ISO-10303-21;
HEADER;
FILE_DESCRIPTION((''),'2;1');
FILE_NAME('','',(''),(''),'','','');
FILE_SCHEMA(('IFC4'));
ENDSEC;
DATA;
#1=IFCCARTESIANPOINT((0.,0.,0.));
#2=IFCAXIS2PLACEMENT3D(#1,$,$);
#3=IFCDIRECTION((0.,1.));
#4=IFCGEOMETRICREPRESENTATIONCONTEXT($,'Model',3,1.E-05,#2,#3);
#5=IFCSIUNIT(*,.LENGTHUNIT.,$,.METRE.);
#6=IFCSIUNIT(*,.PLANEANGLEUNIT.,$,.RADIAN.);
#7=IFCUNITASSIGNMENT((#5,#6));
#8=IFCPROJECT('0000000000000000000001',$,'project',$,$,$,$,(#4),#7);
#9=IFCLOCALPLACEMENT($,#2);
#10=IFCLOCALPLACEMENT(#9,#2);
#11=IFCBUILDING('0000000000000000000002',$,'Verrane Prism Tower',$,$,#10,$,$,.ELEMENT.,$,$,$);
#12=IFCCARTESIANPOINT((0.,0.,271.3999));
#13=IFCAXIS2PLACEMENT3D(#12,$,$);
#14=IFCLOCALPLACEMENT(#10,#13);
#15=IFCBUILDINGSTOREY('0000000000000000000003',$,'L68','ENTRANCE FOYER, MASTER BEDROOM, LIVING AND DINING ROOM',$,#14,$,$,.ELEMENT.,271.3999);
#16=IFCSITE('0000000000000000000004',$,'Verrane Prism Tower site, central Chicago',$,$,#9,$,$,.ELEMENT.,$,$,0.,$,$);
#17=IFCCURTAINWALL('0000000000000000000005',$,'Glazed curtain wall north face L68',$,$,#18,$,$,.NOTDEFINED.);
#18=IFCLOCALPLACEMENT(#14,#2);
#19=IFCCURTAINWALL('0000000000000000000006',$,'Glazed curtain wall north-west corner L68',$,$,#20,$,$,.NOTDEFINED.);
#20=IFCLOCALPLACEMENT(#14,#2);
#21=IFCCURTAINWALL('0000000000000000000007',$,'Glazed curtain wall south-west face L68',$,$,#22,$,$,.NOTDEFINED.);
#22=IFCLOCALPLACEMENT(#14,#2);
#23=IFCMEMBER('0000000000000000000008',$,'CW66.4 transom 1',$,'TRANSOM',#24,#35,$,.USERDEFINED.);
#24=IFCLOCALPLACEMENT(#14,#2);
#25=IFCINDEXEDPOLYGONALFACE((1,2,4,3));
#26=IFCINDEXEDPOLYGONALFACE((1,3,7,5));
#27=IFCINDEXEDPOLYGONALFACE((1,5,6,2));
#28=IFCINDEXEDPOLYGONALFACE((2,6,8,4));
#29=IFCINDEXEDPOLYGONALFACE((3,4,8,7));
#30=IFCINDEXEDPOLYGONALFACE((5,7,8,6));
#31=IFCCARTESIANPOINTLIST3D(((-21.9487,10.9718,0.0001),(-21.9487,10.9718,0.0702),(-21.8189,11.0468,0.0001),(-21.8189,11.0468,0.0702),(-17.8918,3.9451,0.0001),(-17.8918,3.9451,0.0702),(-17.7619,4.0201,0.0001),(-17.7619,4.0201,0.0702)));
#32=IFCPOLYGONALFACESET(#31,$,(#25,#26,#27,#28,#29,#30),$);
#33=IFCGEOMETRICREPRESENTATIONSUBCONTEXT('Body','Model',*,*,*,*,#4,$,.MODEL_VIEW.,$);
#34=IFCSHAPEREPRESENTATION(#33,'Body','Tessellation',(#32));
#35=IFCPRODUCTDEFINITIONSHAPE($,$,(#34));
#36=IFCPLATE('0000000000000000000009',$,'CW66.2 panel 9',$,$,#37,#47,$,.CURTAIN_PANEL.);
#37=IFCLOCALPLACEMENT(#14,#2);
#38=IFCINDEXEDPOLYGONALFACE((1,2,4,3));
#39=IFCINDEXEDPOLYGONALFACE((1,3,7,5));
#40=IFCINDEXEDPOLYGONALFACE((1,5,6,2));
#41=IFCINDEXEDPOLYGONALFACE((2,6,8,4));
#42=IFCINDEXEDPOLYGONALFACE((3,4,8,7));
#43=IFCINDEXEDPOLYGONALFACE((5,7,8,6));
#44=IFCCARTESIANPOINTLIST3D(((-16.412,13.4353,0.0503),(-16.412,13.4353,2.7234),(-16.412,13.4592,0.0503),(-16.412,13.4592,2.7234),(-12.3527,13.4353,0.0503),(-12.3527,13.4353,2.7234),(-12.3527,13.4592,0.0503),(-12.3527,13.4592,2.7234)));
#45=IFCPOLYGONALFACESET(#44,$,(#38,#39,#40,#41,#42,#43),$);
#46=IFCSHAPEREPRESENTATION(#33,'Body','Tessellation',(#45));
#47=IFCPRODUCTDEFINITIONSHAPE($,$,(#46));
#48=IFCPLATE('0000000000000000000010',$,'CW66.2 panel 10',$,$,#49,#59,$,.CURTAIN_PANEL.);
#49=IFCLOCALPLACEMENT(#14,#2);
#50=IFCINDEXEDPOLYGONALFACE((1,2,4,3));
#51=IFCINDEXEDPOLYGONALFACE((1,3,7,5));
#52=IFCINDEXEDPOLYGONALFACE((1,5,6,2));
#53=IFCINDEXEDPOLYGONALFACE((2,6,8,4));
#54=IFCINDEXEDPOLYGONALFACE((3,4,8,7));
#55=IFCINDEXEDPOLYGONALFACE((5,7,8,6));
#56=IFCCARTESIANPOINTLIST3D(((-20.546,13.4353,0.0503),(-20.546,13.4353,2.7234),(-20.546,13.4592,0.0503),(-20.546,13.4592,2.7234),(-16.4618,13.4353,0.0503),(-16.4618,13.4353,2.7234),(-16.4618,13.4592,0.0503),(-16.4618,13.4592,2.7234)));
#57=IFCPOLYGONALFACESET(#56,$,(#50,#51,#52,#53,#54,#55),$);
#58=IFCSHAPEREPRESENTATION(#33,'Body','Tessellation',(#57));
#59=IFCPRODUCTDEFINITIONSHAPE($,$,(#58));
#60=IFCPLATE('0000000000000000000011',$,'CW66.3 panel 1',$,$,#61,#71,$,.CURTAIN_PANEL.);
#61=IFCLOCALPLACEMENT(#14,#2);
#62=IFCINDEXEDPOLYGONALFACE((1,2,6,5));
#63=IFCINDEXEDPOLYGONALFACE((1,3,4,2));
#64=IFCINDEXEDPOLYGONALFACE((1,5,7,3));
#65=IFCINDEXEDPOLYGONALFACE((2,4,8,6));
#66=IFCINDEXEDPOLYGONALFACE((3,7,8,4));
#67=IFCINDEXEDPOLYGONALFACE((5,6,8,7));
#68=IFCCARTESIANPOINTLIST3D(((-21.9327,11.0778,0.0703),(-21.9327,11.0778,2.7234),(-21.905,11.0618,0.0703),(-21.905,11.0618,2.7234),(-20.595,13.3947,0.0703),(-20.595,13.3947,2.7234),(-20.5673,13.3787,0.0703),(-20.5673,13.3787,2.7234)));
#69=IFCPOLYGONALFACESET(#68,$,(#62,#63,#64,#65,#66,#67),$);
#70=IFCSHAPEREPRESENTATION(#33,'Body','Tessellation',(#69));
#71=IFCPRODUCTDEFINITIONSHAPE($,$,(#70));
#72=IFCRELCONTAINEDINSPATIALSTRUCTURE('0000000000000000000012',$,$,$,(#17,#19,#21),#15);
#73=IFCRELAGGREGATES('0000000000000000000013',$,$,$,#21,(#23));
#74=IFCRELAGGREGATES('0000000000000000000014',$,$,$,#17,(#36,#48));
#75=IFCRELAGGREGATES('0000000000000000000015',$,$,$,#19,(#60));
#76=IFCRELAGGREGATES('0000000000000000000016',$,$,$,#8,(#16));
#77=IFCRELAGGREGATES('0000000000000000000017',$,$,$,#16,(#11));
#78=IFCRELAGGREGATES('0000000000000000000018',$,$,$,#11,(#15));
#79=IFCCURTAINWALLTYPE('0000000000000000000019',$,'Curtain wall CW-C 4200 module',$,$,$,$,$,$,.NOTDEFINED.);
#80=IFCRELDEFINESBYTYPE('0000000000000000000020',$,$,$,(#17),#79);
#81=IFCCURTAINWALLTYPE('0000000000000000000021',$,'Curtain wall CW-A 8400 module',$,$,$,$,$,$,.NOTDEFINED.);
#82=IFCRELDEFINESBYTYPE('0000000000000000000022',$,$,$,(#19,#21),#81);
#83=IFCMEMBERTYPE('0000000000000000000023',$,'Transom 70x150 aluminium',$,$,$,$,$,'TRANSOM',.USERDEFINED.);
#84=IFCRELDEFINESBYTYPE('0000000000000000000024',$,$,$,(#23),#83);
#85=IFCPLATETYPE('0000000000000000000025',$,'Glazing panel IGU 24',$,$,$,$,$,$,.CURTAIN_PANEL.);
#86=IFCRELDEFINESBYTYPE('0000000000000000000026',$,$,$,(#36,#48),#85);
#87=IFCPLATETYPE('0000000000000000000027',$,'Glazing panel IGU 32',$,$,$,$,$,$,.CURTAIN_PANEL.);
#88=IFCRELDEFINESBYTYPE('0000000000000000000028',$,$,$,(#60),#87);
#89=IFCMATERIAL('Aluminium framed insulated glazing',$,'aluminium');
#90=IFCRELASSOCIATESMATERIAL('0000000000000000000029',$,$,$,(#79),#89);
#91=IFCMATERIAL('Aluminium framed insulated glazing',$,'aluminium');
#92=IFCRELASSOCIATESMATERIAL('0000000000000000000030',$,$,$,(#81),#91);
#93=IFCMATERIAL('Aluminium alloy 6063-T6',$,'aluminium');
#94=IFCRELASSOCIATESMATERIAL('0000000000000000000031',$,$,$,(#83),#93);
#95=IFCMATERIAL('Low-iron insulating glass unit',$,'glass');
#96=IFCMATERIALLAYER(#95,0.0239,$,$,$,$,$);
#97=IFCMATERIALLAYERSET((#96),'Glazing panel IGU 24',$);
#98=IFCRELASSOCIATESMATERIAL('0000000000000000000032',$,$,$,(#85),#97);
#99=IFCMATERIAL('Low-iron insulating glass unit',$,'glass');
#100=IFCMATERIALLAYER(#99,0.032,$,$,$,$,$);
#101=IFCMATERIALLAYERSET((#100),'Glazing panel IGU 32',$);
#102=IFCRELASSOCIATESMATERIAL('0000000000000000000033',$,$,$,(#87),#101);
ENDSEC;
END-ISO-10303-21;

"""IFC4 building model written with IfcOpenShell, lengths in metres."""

from ifc_helpers import new_model, si_unit, direction, frame, origin, origin_2d, place, context, subcontext, project, spatial, rectangle, extrude, material, layer, layer_set, material_profile, profile_set, type_object, element, aggregate, save


model = new_model("IFC4")

# Units and contexts
model_context = context("Model", 3, precision=1e-05, world=origin(), true_north=direction((0.0, 1.0)))
body_context = subcontext(model_context, "Body", "Model", "MODEL_VIEW")
ifc_project = project(units=[si_unit("LENGTHUNIT", "METRE"), si_unit("PLANEANGLEUNIT", "RADIAN")], contexts=[model_context])

# Site, building, storey
site_placement = place(None, origin())
site = spatial("IfcSite", under=ifc_project, at=site_placement, Name="Verrane Prism Tower site, central Chicago", CompositionType="ELEMENT", RefElevation=0.0)
building_placement = place(site_placement, origin())
building = spatial("IfcBuilding", under=site, at=building_placement, Name="Verrane Prism Tower", CompositionType="ELEMENT")
storey_placement = place(building_placement, frame((0.0, 0.0, 271.3999)))
storey = spatial("IfcBuildingStorey", under=building, at=storey_placement, Name="L68", Description="ENTRANCE FOYER, MASTER BEDROOM, LIVING AND DINING ROOM", CompositionType="ELEMENT", Elevation=271.3999)

# Curtain walls
ifc_material_1 = material(Name="Aluminium framed insulated glazing", Category="aluminium")
curtain_wall_type_1 = type_object("IfcCurtainWallType", Name="Curtain wall CW-C 4200 module", PredefinedType="NOTDEFINED", material=ifc_material_1)
curtain_wall_1_placement = place(storey_placement, origin())
curtain_wall_1 = element("IfcCurtainWall", 1, at=curtain_wall_1_placement, inside=storey, type_object=curtain_wall_type_1, Name="Glazed curtain wall north face L68", PredefinedType="NOTDEFINED")
ifc_material_2 = material(Name="Aluminium framed insulated glazing", Category="aluminium")
curtain_wall_type_2 = type_object("IfcCurtainWallType", Name="Curtain wall CW-A 8400 module", PredefinedType="NOTDEFINED", material=ifc_material_2)
curtain_wall_2_placement = place(storey_placement, origin())
curtain_wall_2 = element("IfcCurtainWall", 2, at=curtain_wall_2_placement, inside=storey, type_object=curtain_wall_type_2, Name="Glazed curtain wall north-west corner L68", PredefinedType="NOTDEFINED")
curtain_wall_3_placement = place(storey_placement, origin())
curtain_wall_3 = element("IfcCurtainWall", 3, at=curtain_wall_3_placement, inside=storey, type_object=curtain_wall_type_2, Name="Glazed curtain wall south-west face L68", PredefinedType="NOTDEFINED")

# Member
ifc_material_3 = material(Name="Aluminium alloy 6063-T6", Category="aluminium")
ifc_material_profile_1 = material_profile(ifc_material_3, rectangle(XDim=0.1499, YDim=0.0701, at=origin_2d()), Name="Transom 70x150 aluminium")
ifc_profile_set_1 = profile_set([ifc_material_profile_1], Name="Aluminium alloy 6063-T6")
member_type_1 = type_object("IfcMemberType", Name="Transom 70x150 aluminium", ElementType="TRANSOM", PredefinedType="USERDEFINED", material=ifc_profile_set_1)
member_1_placement = place(storey_placement, frame((-21.8838, 11.0093, 0.0352), z_axis=(0.500006, -0.866022, 0.0), x_axis=(0.866022, 0.500006, 0.0)))
member_1 = element("IfcMember", 4, at=member_1_placement, type_object=member_type_1, Name="CW66.4 transom 1", ObjectType="TRANSOM", PredefinedType="USERDEFINED", context=body_context, shape_type="SweptSolid", body=[
    extrude(rectangle(XDim=0.1499, YDim=0.0701, at=origin_2d()), origin(), (0.0, 0.0, 1.0), 8.1138),
])
aggregate(curtain_wall_3, [member_1])

# Plates
ifc_material_4 = material(Name="Low-iron insulating glass unit", Category="glass")
ifc_layer_1 = layer(ifc_material_4, 0.0239)
ifc_layer_set_1 = layer_set([ifc_layer_1], Name="Glazing panel IGU 24")
plate_type_1 = type_object("IfcPlateType", Name="Glazing panel IGU 24", PredefinedType="CURTAIN_PANEL", material=ifc_layer_set_1)
plate_1_placement = place(storey_placement, frame((-14.3823, 13.4473, 0.0503), z_axis=(0.0, 0.0, 1.0), x_axis=(-1.0, 0.0, 0.0)))
plate_1 = element("IfcPlate", 5, at=plate_1_placement, type_object=plate_type_1, Name="CW66.2 panel 9", PredefinedType="CURTAIN_PANEL", context=body_context, shape_type="SweptSolid", body=[
    extrude(rectangle(XDim=4.0593, YDim=0.0239, at=origin_2d()), origin(), (0.0, 0.0, 1.0), 2.6731),
])
plate_2_placement = place(storey_placement, frame((-18.5039, 13.4473, 0.0503), z_axis=(0.0, 0.0, 1.0), x_axis=(-1.0, 0.0, 0.0)))
plate_2 = element("IfcPlate", 6, at=plate_2_placement, type_object=plate_type_1, Name="CW66.2 panel 10", PredefinedType="CURTAIN_PANEL", context=body_context, shape_type="SweptSolid", body=[
    extrude(rectangle(XDim=4.0842, YDim=0.0239, at=origin_2d()), origin(), (0.0, 0.0, 1.0), 2.6731),
])
aggregate(curtain_wall_1, [plate_1, plate_2])
ifc_material_5 = material(Name="Low-iron insulating glass unit", Category="glass")
ifc_layer_2 = layer(ifc_material_5, 0.032)
ifc_layer_set_2 = layer_set([ifc_layer_2], Name="Glazing panel IGU 32")
plate_type_2 = type_object("IfcPlateType", Name="Glazing panel IGU 32", PredefinedType="CURTAIN_PANEL", material=ifc_layer_set_2)
plate_3_placement = place(storey_placement, frame((-21.25, 12.2283, 0.0703), z_axis=(0.0, 0.0, 1.0), x_axis=(-0.500002, -0.866024, 0.0)))
plate_3 = element("IfcPlate", 7, at=plate_3_placement, type_object=plate_type_2, Name="CW66.3 panel 1", PredefinedType="CURTAIN_PANEL", context=body_context, shape_type="SweptSolid", body=[
    extrude(rectangle(XDim=2.6753, YDim=0.032, at=origin_2d()), origin(), (0.0, 0.0, 1.0), 2.6531),
])
aggregate(curtain_wall_2, [plate_3])

save(model, "model.ifc")
